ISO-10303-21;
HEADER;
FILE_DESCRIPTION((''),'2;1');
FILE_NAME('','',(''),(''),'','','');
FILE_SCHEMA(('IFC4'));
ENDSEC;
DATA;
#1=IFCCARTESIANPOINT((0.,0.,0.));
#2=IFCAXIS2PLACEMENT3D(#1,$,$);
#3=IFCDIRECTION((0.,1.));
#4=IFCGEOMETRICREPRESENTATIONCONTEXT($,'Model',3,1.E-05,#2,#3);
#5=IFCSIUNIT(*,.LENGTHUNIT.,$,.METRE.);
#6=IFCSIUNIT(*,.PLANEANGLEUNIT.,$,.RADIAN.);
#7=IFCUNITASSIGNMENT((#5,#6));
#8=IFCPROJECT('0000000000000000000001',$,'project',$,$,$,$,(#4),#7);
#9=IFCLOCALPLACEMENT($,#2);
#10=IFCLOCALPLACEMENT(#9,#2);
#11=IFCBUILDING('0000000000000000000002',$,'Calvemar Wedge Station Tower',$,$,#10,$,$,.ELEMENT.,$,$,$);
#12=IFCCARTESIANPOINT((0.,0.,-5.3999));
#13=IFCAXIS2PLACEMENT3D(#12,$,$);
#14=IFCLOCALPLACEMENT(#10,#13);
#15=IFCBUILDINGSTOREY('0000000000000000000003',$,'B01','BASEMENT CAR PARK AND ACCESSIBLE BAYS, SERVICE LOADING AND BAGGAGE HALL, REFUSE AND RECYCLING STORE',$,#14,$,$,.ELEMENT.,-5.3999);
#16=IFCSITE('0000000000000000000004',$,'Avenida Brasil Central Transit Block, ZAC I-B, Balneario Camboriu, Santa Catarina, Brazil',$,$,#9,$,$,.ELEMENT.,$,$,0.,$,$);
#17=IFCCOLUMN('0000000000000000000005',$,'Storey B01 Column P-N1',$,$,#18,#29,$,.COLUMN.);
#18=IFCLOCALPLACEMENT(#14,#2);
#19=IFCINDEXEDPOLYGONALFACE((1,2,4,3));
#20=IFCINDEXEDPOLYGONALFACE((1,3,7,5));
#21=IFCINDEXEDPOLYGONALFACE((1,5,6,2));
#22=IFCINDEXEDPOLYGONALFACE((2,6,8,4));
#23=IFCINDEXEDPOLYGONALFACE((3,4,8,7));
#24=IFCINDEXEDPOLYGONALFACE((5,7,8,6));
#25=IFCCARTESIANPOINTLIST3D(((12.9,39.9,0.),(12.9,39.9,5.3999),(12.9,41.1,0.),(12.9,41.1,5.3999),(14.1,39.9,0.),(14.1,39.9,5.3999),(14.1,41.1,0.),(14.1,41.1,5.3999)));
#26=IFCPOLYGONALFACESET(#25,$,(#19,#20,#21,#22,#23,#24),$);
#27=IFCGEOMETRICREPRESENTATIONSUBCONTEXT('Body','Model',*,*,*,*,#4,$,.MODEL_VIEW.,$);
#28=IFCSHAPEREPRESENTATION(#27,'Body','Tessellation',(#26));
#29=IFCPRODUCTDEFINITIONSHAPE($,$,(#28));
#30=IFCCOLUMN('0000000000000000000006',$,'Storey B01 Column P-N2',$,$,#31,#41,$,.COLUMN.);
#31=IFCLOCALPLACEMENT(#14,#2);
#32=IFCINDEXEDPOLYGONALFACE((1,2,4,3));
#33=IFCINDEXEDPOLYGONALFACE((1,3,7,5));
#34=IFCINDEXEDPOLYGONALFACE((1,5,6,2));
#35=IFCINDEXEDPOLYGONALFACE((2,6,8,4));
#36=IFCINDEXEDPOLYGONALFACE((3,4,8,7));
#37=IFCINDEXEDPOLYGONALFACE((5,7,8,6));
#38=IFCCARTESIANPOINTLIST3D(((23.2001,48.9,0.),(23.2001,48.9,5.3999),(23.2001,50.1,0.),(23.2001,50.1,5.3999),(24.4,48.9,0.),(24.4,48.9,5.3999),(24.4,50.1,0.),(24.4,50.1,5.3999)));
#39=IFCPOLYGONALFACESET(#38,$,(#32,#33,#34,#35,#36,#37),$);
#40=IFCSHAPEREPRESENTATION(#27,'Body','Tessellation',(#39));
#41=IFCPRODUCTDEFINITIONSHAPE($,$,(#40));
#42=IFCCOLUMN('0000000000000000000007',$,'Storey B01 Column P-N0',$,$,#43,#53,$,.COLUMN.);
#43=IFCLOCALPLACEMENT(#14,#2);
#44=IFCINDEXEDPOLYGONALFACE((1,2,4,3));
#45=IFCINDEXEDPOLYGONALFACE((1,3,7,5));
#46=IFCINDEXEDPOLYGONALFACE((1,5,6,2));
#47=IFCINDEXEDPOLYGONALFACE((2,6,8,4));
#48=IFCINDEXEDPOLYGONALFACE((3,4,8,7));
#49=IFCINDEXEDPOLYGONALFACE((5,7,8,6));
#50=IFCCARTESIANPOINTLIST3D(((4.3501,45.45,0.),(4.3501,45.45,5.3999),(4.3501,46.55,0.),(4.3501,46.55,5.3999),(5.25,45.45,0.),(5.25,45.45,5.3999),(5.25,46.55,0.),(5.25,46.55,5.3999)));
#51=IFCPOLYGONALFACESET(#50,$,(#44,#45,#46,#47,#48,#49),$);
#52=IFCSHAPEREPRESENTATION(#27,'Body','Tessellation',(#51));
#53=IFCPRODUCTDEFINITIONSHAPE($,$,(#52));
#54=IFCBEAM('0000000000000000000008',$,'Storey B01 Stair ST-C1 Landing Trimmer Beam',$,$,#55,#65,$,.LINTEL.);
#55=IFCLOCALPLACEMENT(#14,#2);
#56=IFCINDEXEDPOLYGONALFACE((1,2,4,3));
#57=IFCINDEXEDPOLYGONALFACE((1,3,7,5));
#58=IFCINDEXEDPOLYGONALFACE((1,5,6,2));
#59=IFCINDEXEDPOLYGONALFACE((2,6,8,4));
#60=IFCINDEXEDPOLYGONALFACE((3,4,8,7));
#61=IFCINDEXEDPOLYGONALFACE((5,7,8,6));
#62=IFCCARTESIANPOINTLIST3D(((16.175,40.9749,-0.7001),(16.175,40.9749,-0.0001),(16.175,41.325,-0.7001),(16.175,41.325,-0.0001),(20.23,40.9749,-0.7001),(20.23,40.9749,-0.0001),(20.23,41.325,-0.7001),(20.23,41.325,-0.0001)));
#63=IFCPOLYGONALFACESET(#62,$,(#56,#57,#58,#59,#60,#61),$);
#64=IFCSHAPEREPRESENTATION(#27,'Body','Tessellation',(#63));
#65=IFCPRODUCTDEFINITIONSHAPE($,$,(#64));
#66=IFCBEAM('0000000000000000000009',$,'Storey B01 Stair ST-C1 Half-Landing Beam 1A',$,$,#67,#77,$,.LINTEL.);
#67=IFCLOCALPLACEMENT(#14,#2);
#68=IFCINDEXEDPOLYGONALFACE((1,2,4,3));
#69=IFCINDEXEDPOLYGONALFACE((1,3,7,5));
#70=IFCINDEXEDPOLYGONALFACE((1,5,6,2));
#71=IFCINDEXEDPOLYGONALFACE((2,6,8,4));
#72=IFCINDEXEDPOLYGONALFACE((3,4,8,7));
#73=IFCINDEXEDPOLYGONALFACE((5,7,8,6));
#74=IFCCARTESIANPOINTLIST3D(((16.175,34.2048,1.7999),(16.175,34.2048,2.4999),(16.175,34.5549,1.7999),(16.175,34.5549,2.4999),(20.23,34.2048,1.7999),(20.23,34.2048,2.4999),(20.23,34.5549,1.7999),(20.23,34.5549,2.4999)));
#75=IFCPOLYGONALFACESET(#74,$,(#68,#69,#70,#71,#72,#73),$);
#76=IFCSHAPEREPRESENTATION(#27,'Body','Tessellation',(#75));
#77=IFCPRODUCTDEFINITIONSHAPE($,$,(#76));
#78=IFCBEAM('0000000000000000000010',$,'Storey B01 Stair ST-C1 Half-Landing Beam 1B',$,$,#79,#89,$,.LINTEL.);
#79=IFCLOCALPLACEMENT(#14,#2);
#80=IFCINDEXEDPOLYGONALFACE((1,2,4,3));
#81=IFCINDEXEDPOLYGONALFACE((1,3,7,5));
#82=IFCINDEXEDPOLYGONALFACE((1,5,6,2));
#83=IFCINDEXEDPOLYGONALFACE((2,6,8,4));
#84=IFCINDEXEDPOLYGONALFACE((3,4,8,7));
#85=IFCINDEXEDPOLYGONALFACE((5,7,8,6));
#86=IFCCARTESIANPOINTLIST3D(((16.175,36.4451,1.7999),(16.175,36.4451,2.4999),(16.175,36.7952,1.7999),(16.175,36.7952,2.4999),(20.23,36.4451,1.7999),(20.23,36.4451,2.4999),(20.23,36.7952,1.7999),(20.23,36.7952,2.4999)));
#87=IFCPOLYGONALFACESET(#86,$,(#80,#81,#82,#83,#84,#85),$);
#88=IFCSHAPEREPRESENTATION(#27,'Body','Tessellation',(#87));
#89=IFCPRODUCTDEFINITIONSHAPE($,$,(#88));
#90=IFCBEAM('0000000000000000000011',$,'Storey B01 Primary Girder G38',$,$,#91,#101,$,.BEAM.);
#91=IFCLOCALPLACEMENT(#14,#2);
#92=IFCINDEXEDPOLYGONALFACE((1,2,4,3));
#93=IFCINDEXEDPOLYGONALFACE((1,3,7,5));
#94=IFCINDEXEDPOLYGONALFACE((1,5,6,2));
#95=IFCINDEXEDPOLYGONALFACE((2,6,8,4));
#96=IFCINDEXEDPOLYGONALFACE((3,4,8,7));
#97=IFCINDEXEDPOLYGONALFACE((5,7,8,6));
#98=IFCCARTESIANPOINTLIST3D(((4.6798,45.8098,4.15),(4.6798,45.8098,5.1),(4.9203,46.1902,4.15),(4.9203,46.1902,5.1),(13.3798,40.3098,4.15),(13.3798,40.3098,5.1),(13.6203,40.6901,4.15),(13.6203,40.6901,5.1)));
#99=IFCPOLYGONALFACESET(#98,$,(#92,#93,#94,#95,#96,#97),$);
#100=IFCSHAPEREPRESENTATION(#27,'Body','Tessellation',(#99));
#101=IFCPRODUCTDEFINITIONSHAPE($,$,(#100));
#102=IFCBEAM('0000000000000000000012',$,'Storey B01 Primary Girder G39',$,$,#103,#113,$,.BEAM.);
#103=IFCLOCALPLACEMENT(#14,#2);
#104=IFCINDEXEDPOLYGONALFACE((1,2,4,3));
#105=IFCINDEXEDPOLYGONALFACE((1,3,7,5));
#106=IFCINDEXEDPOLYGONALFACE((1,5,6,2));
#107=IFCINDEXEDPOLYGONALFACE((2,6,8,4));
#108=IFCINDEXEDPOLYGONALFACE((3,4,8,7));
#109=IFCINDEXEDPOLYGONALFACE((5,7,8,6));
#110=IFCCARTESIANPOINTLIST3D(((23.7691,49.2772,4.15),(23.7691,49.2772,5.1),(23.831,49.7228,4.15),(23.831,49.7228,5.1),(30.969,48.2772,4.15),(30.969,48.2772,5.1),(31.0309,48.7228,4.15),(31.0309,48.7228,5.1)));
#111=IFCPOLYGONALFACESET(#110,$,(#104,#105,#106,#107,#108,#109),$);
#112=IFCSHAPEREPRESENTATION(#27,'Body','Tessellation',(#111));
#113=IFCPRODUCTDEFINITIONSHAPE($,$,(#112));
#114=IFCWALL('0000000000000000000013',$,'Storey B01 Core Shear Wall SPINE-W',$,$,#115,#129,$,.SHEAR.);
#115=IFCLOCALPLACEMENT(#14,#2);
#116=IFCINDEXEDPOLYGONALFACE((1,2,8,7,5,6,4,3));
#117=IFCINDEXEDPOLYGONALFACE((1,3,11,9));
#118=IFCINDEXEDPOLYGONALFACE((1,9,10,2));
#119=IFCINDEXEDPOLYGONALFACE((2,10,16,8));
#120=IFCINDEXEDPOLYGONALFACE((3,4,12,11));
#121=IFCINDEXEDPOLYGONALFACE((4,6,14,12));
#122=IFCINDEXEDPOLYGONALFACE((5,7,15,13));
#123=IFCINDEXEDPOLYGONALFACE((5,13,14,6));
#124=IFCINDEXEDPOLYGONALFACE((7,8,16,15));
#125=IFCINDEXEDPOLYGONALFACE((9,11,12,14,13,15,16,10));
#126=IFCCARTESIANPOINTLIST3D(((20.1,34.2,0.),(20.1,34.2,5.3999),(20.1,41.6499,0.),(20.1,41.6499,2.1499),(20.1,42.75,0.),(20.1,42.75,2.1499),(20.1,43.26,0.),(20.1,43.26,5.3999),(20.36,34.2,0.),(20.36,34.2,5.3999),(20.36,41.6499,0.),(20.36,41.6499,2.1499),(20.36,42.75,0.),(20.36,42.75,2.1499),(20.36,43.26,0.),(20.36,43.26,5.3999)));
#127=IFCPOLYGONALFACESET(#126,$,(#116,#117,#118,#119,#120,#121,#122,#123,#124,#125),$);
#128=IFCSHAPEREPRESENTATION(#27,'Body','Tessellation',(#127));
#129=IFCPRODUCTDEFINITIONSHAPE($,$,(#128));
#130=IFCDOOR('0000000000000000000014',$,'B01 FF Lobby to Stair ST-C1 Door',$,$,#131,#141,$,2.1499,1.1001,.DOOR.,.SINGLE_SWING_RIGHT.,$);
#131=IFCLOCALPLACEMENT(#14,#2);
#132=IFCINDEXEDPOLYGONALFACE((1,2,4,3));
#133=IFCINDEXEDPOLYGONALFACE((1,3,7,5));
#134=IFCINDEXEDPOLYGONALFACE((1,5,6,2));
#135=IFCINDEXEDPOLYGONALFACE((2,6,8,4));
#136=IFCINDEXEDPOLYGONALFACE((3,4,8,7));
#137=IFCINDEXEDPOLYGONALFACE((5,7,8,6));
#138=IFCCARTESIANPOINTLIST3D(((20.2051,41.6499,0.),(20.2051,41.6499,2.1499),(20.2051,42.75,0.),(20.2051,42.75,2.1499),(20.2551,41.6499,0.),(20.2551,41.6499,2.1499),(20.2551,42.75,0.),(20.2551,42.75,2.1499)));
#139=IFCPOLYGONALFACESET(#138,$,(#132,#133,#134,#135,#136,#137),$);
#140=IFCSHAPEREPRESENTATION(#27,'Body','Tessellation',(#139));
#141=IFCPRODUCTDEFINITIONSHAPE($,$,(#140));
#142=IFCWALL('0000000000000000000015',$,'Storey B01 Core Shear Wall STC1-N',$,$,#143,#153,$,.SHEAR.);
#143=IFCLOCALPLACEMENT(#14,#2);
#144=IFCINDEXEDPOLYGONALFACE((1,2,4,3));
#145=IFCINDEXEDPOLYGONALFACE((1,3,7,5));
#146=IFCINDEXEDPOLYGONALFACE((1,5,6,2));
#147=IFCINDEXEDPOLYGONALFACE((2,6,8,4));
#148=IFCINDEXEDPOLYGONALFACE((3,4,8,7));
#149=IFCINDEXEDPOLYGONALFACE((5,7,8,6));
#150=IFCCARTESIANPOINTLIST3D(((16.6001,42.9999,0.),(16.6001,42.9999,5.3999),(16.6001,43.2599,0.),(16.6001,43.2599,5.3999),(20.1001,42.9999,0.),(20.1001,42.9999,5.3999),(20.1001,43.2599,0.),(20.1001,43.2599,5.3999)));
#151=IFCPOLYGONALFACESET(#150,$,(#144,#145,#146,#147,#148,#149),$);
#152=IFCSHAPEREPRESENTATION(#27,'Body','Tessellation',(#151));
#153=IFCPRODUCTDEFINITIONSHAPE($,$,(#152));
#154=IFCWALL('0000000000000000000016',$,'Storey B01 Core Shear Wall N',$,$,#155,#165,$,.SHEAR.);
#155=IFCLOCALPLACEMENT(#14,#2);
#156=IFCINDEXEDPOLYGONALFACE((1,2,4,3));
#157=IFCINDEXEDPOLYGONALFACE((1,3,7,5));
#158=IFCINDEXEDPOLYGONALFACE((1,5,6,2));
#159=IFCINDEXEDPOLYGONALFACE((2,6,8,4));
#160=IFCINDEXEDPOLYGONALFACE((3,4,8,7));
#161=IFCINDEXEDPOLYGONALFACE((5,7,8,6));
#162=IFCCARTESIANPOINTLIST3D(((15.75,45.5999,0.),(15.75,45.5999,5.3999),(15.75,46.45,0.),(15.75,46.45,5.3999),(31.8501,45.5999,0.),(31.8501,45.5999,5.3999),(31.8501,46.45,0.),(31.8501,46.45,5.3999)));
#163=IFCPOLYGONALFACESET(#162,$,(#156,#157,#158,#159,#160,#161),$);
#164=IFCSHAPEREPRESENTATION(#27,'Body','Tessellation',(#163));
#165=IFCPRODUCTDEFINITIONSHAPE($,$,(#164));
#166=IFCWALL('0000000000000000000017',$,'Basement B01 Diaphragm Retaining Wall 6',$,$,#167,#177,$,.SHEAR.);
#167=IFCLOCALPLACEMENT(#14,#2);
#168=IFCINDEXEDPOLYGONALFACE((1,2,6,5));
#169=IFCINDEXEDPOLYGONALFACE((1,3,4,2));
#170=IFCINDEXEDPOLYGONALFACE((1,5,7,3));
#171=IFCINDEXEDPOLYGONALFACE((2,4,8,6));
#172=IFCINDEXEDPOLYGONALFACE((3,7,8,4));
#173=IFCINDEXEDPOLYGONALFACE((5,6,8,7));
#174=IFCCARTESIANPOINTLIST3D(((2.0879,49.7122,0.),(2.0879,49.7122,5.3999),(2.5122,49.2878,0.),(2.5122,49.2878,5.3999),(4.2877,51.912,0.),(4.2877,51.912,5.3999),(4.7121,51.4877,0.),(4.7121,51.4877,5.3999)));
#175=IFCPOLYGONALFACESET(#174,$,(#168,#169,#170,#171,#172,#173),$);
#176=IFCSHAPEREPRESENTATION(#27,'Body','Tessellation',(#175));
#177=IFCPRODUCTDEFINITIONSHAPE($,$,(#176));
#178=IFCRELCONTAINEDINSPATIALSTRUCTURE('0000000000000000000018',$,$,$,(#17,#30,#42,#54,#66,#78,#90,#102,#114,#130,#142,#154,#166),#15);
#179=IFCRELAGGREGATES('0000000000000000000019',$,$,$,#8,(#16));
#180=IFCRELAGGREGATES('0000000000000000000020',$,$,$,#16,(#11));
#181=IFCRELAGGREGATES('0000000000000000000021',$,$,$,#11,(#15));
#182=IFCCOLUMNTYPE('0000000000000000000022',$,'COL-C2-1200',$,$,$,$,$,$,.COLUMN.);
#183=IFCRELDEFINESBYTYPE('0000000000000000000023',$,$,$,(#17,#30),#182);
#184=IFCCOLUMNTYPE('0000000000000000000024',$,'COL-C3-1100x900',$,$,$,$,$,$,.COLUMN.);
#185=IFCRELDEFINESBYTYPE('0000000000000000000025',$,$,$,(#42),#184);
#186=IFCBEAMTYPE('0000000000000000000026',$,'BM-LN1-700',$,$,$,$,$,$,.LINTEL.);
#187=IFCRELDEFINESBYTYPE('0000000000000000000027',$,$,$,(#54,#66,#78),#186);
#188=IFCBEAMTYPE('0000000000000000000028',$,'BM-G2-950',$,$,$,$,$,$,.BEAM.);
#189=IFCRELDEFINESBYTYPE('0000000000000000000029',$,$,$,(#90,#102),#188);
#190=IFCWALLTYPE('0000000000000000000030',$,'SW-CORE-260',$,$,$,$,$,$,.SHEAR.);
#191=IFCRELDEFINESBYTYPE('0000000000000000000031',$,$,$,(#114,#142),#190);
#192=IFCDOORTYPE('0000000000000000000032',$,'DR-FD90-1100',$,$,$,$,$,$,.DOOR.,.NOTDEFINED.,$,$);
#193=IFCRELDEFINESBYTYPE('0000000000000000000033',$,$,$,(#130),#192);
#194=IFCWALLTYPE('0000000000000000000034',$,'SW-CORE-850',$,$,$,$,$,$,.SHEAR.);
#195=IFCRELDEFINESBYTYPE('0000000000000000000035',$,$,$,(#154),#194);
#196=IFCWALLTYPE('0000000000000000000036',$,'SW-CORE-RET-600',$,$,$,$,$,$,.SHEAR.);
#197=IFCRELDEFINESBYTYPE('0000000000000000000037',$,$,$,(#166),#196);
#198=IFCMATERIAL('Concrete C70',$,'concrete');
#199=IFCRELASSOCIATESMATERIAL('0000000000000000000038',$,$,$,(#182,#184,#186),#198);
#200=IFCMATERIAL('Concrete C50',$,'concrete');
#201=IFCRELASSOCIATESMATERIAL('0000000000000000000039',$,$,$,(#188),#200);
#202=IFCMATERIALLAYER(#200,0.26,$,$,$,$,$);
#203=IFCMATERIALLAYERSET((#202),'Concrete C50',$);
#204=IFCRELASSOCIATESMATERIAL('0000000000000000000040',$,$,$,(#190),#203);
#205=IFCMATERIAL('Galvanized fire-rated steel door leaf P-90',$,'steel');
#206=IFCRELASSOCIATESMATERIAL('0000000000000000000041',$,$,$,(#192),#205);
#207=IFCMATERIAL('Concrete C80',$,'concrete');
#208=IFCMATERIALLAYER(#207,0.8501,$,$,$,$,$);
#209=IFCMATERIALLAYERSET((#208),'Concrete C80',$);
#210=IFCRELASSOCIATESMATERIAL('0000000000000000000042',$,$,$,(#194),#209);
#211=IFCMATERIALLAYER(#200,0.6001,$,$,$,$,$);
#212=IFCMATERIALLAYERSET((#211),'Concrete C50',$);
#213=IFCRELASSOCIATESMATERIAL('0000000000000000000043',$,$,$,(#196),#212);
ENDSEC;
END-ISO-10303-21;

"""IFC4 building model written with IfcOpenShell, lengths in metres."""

from ifc_helpers import new_model, si_unit, direction, frame, frame_2d, origin, origin_2d, place, context, subcontext, project, spatial, rectangle, extrude, source, transform, mapped, material, layer, layer_set, material_profile, profile_set, type_object, element, fill, save


model = new_model("IFC4")

# Units and contexts
model_context = context("Model", 3, precision=1e-05, world=origin(), true_north=direction((0.0, 1.0)))
body_context = subcontext(model_context, "Body", "Model", "MODEL_VIEW")
ifc_project = project(units=[si_unit("LENGTHUNIT", "METRE"), si_unit("PLANEANGLEUNIT", "RADIAN")], contexts=[model_context])

# Site, building, storey
site_placement = place(None, origin())
site = spatial("IfcSite", under=ifc_project, at=site_placement, Name="Avenida Brasil Central Transit Block, ZAC I-B, Balneario Camboriu, Santa Catarina, Brazil", CompositionType="ELEMENT", RefElevation=0.0)
building_placement = place(site_placement, origin())
building = spatial("IfcBuilding", under=site, at=building_placement, Name="Calvemar Wedge Station Tower", CompositionType="ELEMENT")
storey_placement = place(building_placement, frame((0.0, 0.0, -5.3999)))
storey = spatial("IfcBuildingStorey", under=building, at=storey_placement, Name="B01", Description="BASEMENT CAR PARK AND ACCESSIBLE BAYS, SERVICE LOADING AND BAGGAGE HALL, REFUSE AND RECYCLING STORE", CompositionType="ELEMENT", Elevation=-5.3999)

# Columns
ifc_material_1 = material(Name="Concrete C70", Category="concrete")
ifc_material_profile_1 = material_profile(ifc_material_1, rectangle(XDim=1.2, YDim=1.2, at=origin_2d()), Name="RC1200x1200")
ifc_profile_set_1 = profile_set([ifc_material_profile_1], Name="Concrete C70")
column_type_1 = type_object("IfcColumnType", Name="COL-C2-1200", PredefinedType="COLUMN", material=ifc_profile_set_1)
shared_shape_1 = source(origin(), body_context, "Body", "SweptSolid", [
    extrude(rectangle(XDim=1.2, YDim=1.2, at=origin_2d()), origin(), (0.0, 0.0, 1.0), 5.3999),
])
for number, where, z_axis, x_axis, name in (
    (1, (13.5, 40.5, 0.0), (0.0, 0.0, 1.0), (1.0, 0.0, 0.0), "Storey B01 Column P-N1"),
    (2, (23.8, 49.5, 0.0), (0.0, 0.0, 1.0), (1.0, 0.0, 0.0), "Storey B01 Column P-N2"),
):
    element("IfcColumn", number, at=place(storey_placement, frame(where, z_axis=z_axis, x_axis=x_axis)), inside=storey, type_object=column_type_1, Name=name, PredefinedType="COLUMN", context=body_context, shape_type="MappedRepresentation", body=[
        mapped(shared_shape_1, transform((0.0, 0.0, 0.0), scale=1.0)),
    ])
ifc_material_profile_2 = material_profile(ifc_material_1, rectangle(XDim=0.8999, YDim=1.1001, at=origin_2d()), Name="RC1100x900")
ifc_profile_set_2 = profile_set([ifc_material_profile_2], Name="Concrete C70")
column_type_2 = type_object("IfcColumnType", Name="COL-C3-1100x900", PredefinedType="COLUMN", material=ifc_profile_set_2)
shared_shape_2 = source(origin(), body_context, "Body", "SweptSolid", [
    extrude(rectangle(XDim=0.8999, YDim=1.1001, at=origin_2d()), origin(), (0.0, 0.0, 1.0), 5.3999),
])
column_placement = place(storey_placement, frame((4.8, 46.0, 0.0), z_axis=(0.0, 0.0, 1.0), x_axis=(1.0, 0.0, 0.0)))
element("IfcColumn", 3, at=column_placement, inside=storey, type_object=column_type_2, Name="Storey B01 Column P-N0", PredefinedType="COLUMN", context=body_context, shape_type="MappedRepresentation", body=[
    mapped(shared_shape_2, transform((0.0, 0.0, 0.0), scale=1.0)),
])

# Beams
ifc_material_profile_3 = material_profile(ifc_material_1, rectangle(XDim=0.3501, YDim=0.7, at=origin_2d()), Name="RC350x700")
ifc_profile_set_3 = profile_set([ifc_material_profile_3], Name="Concrete C70")
beam_type_1 = type_object("IfcBeamType", Name="BM-LN1-700", PredefinedType="LINTEL", material=ifc_profile_set_3)
shared_shape_3 = source(origin(), body_context, "Body", "SweptSolid", [
    extrude(rectangle(XDim=0.3501, YDim=0.7, at=origin_2d()), origin(), (0.0, 0.0, 1.0), 4.0549),
])
for number, where, z_axis, x_axis, name in (
    (4, (16.175, 41.1499, -0.3501), (1.0, 0.0, 0.0), (0.0, 1.0, 0.0), "Storey B01 Stair ST-C1 Landing Trimmer Beam"),
    (5, (16.175, 34.3799, 2.1499), (1.0, 0.0, 0.0), (0.0, 1.0, 0.0), "Storey B01 Stair ST-C1 Half-Landing Beam 1A"),
    (6, (16.175, 36.6201, 2.1499), (1.0, 0.0, 0.0), (0.0, 1.0, 0.0), "Storey B01 Stair ST-C1 Half-Landing Beam 1B"),
):
    element("IfcBeam", number, at=place(storey_placement, frame(where, z_axis=z_axis, x_axis=x_axis)), inside=storey, type_object=beam_type_1, Name=name, PredefinedType="LINTEL", context=body_context, shape_type="MappedRepresentation", body=[
        mapped(shared_shape_3, transform((0.0, 0.0, 0.0), scale=1.0)),
    ])
ifc_material_2 = material(Name="Concrete C50", Category="concrete")
ifc_material_profile_4 = material_profile(ifc_material_2, rectangle(XDim=0.45, YDim=0.95, at=origin_2d()), Name="RC450x950")
ifc_profile_set_4 = profile_set([ifc_material_profile_4], Name="Concrete C50")
beam_type_2 = type_object("IfcBeamType", Name="BM-G2-950", PredefinedType="BEAM", material=ifc_profile_set_4)
shared_shape_4 = source(origin(), body_context, "Body", "SweptSolid", [
    extrude(rectangle(XDim=0.45, YDim=0.95, at=origin_2d()), origin(), (0.0, 0.0, 1.0), 10.2927),
])
beam_1_placement = place(storey_placement, frame((4.8, 46.0, 4.625), z_axis=(0.845257, -0.534361, 0.0), x_axis=(0.534361, 0.845257, 0.0)))
element("IfcBeam", 7, at=beam_1_placement, inside=storey, type_object=beam_type_2, Name="Storey B01 Primary Girder G38", PredefinedType="BEAM", context=body_context, shape_type="MappedRepresentation", body=[
    mapped(shared_shape_4, transform((0.0, 0.0, 0.0), scale=1.0)),
])
shared_shape_5 = source(origin(), body_context, "Body", "SweptSolid", [
    extrude(rectangle(XDim=0.45, YDim=0.95, at=origin_2d()), origin(), (0.0, 0.0, 1.0), 7.269),
])
beam_2_placement = place(storey_placement, frame((23.8, 49.5, 4.625), z_axis=(0.990492, -0.137569, 0.0), x_axis=(0.137569, 0.990492, 0.0)))
element("IfcBeam", 8, at=beam_2_placement, inside=storey, type_object=beam_type_2, Name="Storey B01 Primary Girder G39", PredefinedType="BEAM", context=body_context, shape_type="MappedRepresentation", body=[
    mapped(shared_shape_5, transform((0.0, 0.0, 0.0), scale=1.0)),
])

# Wall, opening, door
ifc_layer_1 = layer(ifc_material_2, 0.26)
ifc_layer_set_1 = layer_set([ifc_layer_1], Name="Concrete C50")
wall_type_1 = type_object("IfcWallType", Name="SW-CORE-260", PredefinedType="SHEAR", material=ifc_layer_set_1)
wall_1_placement = place(storey_placement, frame((20.23, 34.2, 0.0), z_axis=(0.0, 0.0, 1.0), x_axis=(0.0, 1.0, 0.0)))
wall_1 = element("IfcWall", 9, at=wall_1_placement, inside=storey, type_object=wall_type_1, Name="Storey B01 Core Shear Wall SPINE-W", PredefinedType="SHEAR", context=body_context, shape_type="SweptSolid", body=[
    extrude(rectangle(XDim=9.0601, YDim=0.26, at=frame_2d((4.53, 0.0))), origin(), (0.0, 0.0, 1.0), 5.3999),
])
shared_shape_6 = source(origin(), body_context, "Body", "SweptSolid", [
    extrude(rectangle(XDim=1.1001, YDim=2.1499, at=frame_2d((0.55, 1.075))), frame((0.0, 0.1401, 0.0), z_axis=(0.0, -1.0, 0.0), x_axis=(1.0, 0.0, 0.0)), (0.0, 0.0, 1.0), 0.28),
])
opening_1_placement = place(wall_1_placement, frame((7.45, 0.0, 0.0)))
opening_1 = element("IfcOpeningElement", 10, at=opening_1_placement, cuts=wall_1, PredefinedType="OPENING", context=body_context, shape_type="MappedRepresentation", body=[
    mapped(shared_shape_6, transform((0.0, 0.0, 0.0), scale=1.0)),
])
ifc_material_3 = material(Name="Galvanized fire-rated steel door leaf P-90", Category="steel")
door_type_1 = type_object("IfcDoorType", Name="DR-FD90-1100", OperationType="NOTDEFINED", PredefinedType="DOOR", material=ifc_material_3)
shared_shape_7 = source(origin(), body_context, "Body", "SweptSolid", [
    extrude(rectangle(XDim=1.1001, YDim=2.1499, at=frame_2d((0.55, 1.075))), frame((0.0, 0.0249, 0.0), z_axis=(0.0, -1.0, 0.0), x_axis=(1.0, 0.0, 0.0)), (0.0, 0.0, 1.0), 0.05),
])
door_1_placement = place(opening_1_placement, origin())
door_1 = element("IfcDoor", 11, at=door_1_placement, inside=storey, type_object=door_type_1, Name="B01 FF Lobby to Stair ST-C1 Door", OperationType="SINGLE_SWING_RIGHT", OverallHeight=2.1499, OverallWidth=1.1001, PredefinedType="DOOR", context=body_context, shape_type="MappedRepresentation", body=[
    mapped(shared_shape_7, transform((0.0, 0.0, 0.0), scale=1.0)),
])
fill(opening_1, door_1)

# Walls
wall_2_placement = place(storey_placement, frame((16.6001, 43.1299, 0.0), z_axis=(0.0, 0.0, 1.0), x_axis=(1.0, 0.0, 0.0)))
element("IfcWall", 12, at=wall_2_placement, inside=storey, type_object=wall_type_1, Name="Storey B01 Core Shear Wall STC1-N", PredefinedType="SHEAR", context=body_context, shape_type="SweptSolid", body=[
    extrude(rectangle(XDim=3.5, YDim=0.26, at=frame_2d((1.75, 0.0))), origin(), (0.0, 0.0, 1.0), 5.3999),
])
ifc_material_4 = material(Name="Concrete C80", Category="concrete")
ifc_layer_2 = layer(ifc_material_4, 0.8501)
ifc_layer_set_2 = layer_set([ifc_layer_2], Name="Concrete C80")
wall_type_2 = type_object("IfcWallType", Name="SW-CORE-850", PredefinedType="SHEAR", material=ifc_layer_set_2)
wall_3_placement = place(storey_placement, frame((15.75, 46.0249, 0.0), z_axis=(0.0, 0.0, 1.0), x_axis=(1.0, 0.0, 0.0)))
element("IfcWall", 13, at=wall_3_placement, inside=storey, type_object=wall_type_2, Name="Storey B01 Core Shear Wall N", PredefinedType="SHEAR", context=body_context, shape_type="SweptSolid", body=[
    extrude(rectangle(XDim=16.1001, YDim=0.8501, at=frame_2d((8.05, 0.0))), origin(), (0.0, 0.0, 1.0), 5.3999),
])
ifc_layer_3 = layer(ifc_material_2, 0.6001)
ifc_layer_set_3 = layer_set([ifc_layer_3], Name="Concrete C50")
wall_type_3 = type_object("IfcWallType", Name="SW-CORE-RET-600", PredefinedType="SHEAR", material=ifc_layer_set_3)
wall_4_placement = place(storey_placement, frame((4.5, 51.7, 0.0), z_axis=(0.0, 0.0, 1.0), x_axis=(-0.707107, -0.707107, 0.0)))
element("IfcWall", 14, at=wall_4_placement, inside=storey, type_object=wall_type_3, Name="Basement B01 Diaphragm Retaining Wall 6", PredefinedType="SHEAR", context=body_context, shape_type="SweptSolid", body=[
    extrude(rectangle(XDim=3.1111, YDim=0.6001, at=frame_2d((1.5557, 0.0))), origin(), (0.0, 0.0, 1.0), 5.3999),
])

save(model, "model.ifc")
